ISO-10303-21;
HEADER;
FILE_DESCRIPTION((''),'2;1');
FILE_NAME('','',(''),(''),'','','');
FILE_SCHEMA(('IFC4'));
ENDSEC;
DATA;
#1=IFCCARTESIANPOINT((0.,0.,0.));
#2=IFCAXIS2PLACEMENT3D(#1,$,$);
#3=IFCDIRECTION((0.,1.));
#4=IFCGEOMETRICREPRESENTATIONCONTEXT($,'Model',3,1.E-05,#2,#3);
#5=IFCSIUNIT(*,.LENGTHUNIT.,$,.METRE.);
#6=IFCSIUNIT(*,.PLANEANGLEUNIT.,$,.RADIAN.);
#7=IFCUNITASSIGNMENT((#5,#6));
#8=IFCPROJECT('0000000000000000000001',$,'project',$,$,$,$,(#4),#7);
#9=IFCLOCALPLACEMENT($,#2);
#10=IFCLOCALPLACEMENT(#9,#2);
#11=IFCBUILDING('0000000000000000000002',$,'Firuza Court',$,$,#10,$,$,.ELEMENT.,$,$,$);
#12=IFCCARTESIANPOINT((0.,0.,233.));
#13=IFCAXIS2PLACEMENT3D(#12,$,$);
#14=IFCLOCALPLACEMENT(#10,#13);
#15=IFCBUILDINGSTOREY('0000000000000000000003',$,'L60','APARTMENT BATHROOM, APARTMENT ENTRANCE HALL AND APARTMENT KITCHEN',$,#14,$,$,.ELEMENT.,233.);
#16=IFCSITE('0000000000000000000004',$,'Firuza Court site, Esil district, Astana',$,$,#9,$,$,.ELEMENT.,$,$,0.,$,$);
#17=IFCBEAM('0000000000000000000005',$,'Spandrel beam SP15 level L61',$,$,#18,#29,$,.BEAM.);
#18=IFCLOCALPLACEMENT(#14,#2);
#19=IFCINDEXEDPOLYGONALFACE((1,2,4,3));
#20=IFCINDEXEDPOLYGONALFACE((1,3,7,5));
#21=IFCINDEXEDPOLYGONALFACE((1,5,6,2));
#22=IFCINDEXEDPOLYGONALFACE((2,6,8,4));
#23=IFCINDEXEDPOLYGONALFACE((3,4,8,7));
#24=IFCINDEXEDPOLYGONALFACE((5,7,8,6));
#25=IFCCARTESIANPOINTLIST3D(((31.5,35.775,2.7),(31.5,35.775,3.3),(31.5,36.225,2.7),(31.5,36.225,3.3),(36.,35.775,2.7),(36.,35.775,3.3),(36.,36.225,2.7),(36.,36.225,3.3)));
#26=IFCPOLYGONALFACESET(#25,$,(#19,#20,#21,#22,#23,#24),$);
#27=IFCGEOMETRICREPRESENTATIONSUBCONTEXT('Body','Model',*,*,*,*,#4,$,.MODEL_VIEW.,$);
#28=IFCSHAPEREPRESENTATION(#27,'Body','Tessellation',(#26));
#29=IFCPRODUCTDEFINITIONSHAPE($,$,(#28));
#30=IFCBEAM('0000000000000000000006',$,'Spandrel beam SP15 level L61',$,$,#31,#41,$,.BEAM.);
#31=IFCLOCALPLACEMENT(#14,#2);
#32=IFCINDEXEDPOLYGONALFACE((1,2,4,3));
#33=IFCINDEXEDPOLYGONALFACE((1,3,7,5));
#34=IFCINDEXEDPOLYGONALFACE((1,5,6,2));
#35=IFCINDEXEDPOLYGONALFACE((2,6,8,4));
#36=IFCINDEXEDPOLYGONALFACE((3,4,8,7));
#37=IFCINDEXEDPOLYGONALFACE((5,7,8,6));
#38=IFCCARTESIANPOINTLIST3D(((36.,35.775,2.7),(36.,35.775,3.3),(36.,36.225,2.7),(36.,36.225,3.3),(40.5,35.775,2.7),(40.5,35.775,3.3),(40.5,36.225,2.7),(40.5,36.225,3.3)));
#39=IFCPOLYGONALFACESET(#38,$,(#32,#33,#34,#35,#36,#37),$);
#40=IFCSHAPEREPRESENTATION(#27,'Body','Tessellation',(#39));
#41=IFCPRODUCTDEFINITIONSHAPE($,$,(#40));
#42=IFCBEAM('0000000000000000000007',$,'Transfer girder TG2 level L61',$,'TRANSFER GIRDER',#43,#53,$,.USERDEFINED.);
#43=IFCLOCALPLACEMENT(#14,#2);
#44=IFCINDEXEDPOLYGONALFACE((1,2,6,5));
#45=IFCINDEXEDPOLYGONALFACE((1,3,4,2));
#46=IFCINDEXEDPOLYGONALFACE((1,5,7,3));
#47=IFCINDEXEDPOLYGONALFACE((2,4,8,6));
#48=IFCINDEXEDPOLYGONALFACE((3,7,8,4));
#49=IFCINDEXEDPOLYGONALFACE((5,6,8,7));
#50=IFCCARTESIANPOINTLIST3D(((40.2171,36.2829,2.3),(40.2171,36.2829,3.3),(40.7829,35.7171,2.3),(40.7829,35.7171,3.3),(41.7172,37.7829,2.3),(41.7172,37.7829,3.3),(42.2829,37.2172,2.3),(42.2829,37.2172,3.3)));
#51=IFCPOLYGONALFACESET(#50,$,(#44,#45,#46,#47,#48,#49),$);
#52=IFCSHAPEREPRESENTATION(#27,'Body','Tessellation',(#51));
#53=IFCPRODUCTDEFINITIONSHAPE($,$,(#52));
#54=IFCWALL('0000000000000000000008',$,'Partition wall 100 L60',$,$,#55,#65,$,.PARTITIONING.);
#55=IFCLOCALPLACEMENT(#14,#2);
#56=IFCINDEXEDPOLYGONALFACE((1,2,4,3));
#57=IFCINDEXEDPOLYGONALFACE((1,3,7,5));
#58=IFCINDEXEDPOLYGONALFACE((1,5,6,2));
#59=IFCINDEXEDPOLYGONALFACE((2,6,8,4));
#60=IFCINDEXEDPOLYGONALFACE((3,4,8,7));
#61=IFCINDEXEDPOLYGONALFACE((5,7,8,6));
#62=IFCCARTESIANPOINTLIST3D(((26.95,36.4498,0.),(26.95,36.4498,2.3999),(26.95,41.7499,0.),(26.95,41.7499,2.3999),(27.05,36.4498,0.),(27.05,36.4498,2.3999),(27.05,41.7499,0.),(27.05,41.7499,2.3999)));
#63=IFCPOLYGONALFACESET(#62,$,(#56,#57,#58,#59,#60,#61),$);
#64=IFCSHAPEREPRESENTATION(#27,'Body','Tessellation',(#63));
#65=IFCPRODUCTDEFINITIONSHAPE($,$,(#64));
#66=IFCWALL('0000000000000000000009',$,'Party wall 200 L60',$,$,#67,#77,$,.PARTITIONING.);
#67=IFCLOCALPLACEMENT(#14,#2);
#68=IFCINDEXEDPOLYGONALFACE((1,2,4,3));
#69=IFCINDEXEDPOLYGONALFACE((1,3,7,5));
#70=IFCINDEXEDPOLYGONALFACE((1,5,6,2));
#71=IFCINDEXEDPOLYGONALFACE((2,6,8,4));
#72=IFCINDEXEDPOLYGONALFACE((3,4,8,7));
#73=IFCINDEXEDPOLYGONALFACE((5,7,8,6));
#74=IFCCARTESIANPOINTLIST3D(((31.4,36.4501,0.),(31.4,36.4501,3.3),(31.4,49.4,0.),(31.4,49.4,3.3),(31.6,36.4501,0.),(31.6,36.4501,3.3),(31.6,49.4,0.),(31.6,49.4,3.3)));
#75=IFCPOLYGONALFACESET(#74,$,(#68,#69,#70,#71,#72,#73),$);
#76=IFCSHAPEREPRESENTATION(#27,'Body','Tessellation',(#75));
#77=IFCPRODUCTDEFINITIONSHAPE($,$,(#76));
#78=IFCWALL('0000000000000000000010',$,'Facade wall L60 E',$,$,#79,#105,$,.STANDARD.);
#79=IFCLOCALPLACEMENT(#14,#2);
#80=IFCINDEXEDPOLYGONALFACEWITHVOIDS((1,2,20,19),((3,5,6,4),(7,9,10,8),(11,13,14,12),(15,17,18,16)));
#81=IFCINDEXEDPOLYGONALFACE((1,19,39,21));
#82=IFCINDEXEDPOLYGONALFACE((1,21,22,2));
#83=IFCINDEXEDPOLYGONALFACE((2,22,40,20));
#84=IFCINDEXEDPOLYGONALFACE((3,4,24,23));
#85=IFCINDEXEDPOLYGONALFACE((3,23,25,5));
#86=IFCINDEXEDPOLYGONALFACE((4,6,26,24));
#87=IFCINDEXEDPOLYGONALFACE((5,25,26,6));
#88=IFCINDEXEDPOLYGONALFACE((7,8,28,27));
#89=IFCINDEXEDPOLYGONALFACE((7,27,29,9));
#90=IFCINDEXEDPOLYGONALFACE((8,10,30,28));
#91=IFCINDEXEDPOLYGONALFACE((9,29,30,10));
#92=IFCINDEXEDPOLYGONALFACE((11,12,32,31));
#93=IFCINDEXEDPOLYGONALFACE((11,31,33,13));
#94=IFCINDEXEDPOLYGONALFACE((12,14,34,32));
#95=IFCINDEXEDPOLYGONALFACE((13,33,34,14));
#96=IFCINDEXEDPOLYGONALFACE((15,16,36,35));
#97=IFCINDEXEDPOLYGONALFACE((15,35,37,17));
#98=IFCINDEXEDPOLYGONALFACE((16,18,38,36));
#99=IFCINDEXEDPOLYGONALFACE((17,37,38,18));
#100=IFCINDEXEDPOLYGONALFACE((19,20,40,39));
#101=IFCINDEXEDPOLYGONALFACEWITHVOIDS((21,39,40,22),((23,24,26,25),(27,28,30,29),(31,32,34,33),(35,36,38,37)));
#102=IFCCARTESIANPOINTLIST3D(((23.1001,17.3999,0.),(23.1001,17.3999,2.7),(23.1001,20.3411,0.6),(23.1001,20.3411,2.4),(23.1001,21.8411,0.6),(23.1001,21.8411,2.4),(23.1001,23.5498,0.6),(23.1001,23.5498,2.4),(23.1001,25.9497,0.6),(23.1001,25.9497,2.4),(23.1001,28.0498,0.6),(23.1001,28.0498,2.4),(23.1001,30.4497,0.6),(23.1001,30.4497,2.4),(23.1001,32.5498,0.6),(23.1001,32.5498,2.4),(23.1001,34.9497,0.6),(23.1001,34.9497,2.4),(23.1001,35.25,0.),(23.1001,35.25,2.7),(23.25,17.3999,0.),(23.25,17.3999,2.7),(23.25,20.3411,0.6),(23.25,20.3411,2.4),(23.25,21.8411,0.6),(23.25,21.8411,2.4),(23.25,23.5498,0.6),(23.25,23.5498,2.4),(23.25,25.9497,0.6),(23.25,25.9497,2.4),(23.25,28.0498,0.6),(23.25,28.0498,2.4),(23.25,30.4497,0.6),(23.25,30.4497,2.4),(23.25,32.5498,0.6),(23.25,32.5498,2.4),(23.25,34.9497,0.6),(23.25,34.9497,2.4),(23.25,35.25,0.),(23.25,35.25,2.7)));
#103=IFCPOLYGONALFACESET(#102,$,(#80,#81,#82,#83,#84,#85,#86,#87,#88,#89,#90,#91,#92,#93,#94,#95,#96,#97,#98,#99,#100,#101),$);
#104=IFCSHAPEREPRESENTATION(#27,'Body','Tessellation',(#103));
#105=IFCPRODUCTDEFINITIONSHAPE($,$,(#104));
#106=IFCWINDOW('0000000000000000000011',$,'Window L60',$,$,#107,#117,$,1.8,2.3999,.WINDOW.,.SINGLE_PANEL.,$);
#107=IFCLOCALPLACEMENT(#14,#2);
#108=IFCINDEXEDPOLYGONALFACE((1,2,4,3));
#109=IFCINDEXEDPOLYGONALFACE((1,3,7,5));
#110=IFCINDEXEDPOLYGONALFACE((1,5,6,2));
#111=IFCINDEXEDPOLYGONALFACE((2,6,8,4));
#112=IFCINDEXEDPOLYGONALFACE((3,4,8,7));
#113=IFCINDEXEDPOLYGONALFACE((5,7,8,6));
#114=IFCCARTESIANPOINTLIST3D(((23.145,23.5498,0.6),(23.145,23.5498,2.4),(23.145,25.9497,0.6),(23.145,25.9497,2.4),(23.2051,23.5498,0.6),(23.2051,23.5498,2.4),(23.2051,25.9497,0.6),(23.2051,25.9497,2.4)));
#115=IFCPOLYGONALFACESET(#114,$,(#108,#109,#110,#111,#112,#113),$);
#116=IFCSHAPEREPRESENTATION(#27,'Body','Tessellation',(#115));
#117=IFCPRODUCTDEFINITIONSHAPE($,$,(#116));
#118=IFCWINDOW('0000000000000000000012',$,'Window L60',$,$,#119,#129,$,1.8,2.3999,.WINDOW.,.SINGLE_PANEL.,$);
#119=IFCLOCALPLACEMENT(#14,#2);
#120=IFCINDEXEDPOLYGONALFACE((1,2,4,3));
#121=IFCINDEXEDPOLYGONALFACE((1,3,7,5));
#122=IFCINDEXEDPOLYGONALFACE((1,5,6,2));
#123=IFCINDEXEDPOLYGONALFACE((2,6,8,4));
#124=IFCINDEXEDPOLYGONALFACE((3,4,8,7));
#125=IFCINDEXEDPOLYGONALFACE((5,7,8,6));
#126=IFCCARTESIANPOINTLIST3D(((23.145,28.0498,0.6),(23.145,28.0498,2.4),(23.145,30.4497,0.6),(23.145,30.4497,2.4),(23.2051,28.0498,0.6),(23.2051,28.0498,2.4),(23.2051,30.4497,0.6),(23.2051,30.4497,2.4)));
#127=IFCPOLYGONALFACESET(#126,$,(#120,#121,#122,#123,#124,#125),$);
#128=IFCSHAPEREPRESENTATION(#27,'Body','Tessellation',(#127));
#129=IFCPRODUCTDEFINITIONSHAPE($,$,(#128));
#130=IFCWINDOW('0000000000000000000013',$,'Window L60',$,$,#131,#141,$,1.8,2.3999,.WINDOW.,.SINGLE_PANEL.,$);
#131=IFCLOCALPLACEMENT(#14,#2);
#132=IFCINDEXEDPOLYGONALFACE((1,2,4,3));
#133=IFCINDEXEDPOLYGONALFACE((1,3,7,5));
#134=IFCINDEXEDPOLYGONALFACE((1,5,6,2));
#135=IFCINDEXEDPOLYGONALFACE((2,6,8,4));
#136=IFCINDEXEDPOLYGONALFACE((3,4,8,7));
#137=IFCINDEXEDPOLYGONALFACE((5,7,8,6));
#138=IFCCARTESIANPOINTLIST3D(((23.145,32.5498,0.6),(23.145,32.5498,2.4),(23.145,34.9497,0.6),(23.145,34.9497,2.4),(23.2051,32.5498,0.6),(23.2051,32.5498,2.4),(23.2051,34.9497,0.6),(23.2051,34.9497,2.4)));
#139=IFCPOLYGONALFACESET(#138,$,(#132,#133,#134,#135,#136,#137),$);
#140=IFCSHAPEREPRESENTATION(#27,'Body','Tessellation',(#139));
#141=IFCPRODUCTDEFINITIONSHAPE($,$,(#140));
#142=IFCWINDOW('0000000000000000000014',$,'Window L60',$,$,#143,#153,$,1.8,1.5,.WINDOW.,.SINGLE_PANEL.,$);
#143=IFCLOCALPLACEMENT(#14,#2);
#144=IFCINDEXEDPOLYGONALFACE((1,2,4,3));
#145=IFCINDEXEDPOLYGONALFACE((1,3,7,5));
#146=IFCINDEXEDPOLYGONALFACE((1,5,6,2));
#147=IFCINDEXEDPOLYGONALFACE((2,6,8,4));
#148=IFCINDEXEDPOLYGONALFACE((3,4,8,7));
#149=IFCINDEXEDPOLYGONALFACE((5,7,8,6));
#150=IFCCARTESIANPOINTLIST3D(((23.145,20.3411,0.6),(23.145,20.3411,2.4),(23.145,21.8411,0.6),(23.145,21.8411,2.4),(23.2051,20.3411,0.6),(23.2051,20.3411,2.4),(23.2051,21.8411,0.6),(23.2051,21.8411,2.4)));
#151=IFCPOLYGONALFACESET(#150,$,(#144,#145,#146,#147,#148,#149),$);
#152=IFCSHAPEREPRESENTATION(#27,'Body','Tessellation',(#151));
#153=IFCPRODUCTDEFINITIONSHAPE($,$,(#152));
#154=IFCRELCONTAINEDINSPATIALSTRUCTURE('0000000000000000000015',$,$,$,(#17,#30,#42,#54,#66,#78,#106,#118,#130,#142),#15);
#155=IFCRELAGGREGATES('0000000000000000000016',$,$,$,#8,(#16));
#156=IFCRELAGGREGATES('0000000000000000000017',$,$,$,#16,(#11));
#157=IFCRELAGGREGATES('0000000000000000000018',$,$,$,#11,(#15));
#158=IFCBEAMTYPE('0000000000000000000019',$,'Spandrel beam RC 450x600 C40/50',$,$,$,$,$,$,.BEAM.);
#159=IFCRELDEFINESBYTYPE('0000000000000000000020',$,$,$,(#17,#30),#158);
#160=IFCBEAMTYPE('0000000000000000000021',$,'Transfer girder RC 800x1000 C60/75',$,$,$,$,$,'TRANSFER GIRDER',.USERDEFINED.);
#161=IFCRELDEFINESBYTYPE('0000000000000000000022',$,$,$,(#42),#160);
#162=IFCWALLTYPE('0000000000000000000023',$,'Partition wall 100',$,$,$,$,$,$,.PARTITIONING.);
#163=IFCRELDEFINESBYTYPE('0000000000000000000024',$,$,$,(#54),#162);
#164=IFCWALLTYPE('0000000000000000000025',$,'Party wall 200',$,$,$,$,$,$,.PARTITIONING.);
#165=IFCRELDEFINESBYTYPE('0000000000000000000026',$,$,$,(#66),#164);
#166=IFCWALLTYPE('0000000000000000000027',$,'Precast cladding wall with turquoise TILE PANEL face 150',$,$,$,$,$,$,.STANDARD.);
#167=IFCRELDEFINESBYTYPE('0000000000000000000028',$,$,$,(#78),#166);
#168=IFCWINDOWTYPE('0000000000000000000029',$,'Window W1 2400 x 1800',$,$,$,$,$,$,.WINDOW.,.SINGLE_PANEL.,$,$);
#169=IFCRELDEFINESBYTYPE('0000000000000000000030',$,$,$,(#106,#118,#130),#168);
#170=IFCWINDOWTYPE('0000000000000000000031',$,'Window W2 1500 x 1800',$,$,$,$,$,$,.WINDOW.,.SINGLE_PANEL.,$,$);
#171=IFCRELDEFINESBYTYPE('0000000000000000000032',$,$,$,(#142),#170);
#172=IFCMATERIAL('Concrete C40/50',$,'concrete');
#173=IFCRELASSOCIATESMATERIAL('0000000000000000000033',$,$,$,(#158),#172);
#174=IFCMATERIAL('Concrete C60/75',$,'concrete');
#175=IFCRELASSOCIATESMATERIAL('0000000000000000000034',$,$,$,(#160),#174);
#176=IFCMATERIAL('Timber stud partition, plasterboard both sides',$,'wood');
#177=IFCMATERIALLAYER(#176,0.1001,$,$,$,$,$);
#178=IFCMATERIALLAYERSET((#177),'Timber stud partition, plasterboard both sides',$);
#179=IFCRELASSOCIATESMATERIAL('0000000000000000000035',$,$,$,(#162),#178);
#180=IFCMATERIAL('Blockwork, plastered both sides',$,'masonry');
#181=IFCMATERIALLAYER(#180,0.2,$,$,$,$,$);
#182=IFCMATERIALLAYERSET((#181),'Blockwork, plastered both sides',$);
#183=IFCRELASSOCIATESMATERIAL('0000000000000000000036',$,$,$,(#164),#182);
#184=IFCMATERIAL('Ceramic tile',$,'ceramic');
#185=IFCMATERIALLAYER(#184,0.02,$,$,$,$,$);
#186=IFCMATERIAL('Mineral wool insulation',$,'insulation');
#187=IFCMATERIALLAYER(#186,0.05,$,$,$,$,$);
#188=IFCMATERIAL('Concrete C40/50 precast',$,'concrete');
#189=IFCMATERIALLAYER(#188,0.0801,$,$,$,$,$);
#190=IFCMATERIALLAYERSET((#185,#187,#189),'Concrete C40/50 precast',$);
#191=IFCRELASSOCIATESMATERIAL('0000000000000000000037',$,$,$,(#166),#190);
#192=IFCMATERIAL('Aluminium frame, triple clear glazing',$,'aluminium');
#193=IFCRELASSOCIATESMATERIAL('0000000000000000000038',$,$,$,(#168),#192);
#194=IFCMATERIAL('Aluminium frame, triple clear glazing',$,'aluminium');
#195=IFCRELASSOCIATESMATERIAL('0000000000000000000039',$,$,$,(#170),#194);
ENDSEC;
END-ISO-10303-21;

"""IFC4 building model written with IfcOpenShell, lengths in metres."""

from ifc_helpers import new_model, si_unit, direction, frame, frame_2d, origin, origin_2d, place, context, subcontext, project, spatial, rectangle, extrude, material, layer, layer_set, material_profile, profile_set, type_object, element, fill, save


model = new_model("IFC4")

# Units and contexts
model_context = context("Model", 3, precision=1e-05, world=origin(), true_north=direction((0.0, 1.0)))
body_context = subcontext(model_context, "Body", "Model", "MODEL_VIEW")
ifc_project = project(units=[si_unit("LENGTHUNIT", "METRE"), si_unit("PLANEANGLEUNIT", "RADIAN")], contexts=[model_context])

# Site, building, storey
site_placement = place(None, origin())
site = spatial("IfcSite", under=ifc_project, at=site_placement, Name="Firuza Court site, Esil district, Astana", CompositionType="ELEMENT", RefElevation=0.0)
building_placement = place(site_placement, origin())
building = spatial("IfcBuilding", under=site, at=building_placement, Name="Firuza Court", CompositionType="ELEMENT")
storey_placement = place(building_placement, frame((0.0, 0.0, 233.0)))
storey = spatial("IfcBuildingStorey", under=building, at=storey_placement, Name="L60", Description="APARTMENT BATHROOM, APARTMENT ENTRANCE HALL AND APARTMENT KITCHEN", CompositionType="ELEMENT", Elevation=233.0)

# Beams
ifc_material_1 = material(Name="Concrete C40/50", Category="concrete")
ifc_material_profile_1 = material_profile(ifc_material_1, rectangle(XDim=0.45, YDim=0.6001, at=origin_2d()), Name="RC 450x600")
ifc_profile_set_1 = profile_set([ifc_material_profile_1], Name="Concrete C40/50")
beam_type_1 = type_object("IfcBeamType", Name="Spandrel beam RC 450x600 C40/50", PredefinedType="BEAM", material=ifc_profile_set_1)
for number, where, z_axis, x_axis, name in (
    (1, (31.5, 36.0, 3.0), (1.0, 0.0, 0.0), (0.0, 1.0, 0.0), "Spandrel beam SP15 level L61"),
    (2, (36.0, 36.0, 3.0), (1.0, 0.0, 0.0), (0.0, 1.0, 0.0), "Spandrel beam SP15 level L61"),
):
    element("IfcBeam", number, at=place(storey_placement, frame(where, z_axis=z_axis, x_axis=x_axis)), inside=storey, type_object=beam_type_1, Name=name, PredefinedType="BEAM", context=body_context, shape_type="SweptSolid", body=[
        extrude(rectangle(XDim=0.45, YDim=0.6001, at=origin_2d()), origin(), (0.0, 0.0, 1.0), 4.5),
    ])
ifc_material_2 = material(Name="Concrete C60/75", Category="concrete")
ifc_material_profile_2 = material_profile(ifc_material_2, rectangle(XDim=0.8, YDim=1.0, at=origin_2d()), Name="RC 800x1000")
ifc_profile_set_2 = profile_set([ifc_material_profile_2], Name="Concrete C60/75")
beam_type_2 = type_object("IfcBeamType", Name="Transfer girder RC 800x1000 C60/75", ElementType="TRANSFER GIRDER", PredefinedType="USERDEFINED", material=ifc_profile_set_2)
beam_placement = place(storey_placement, frame((40.5, 36.0, 2.8), z_axis=(0.707107, 0.707107, 0.0), x_axis=(-0.707107, 0.707107, 0.0)))
element("IfcBeam", 3, at=beam_placement, inside=storey, type_object=beam_type_2, Name="Transfer girder TG2 level L61", ObjectType="TRANSFER GIRDER", PredefinedType="USERDEFINED", context=body_context, shape_type="SweptSolid", body=[
    extrude(rectangle(XDim=0.8, YDim=1.0, at=origin_2d()), origin(), (0.0, 0.0, 1.0), 2.1213),
])

# Walls
ifc_material_3 = material(Name="Timber stud partition, plasterboard both sides", Category="wood")
ifc_layer_1 = layer(ifc_material_3, 0.1001)
ifc_layer_set_1 = layer_set([ifc_layer_1], Name="Timber stud partition, plasterboard both sides")
wall_type_1 = type_object("IfcWallType", Name="Partition wall 100", PredefinedType="PARTITIONING", material=ifc_layer_set_1)
wall_1_placement = place(storey_placement, frame((27.0, 36.45, 0.0), z_axis=(0.0, 0.0, 1.0), x_axis=(0.0, 1.0, 0.0)))
element("IfcWall", 4, at=wall_1_placement, inside=storey, type_object=wall_type_1, Name="Partition wall 100 L60", PredefinedType="PARTITIONING", context=body_context, shape_type="SweptSolid", body=[
    extrude(rectangle(XDim=5.3, YDim=0.1001, at=frame_2d((2.6499, 0.0))), origin(), (0.0, 0.0, 1.0), 2.3999),
])
ifc_material_4 = material(Name="Blockwork, plastered both sides", Category="masonry")
ifc_layer_2 = layer(ifc_material_4, 0.2)
ifc_layer_set_2 = layer_set([ifc_layer_2], Name="Blockwork, plastered both sides")
wall_type_2 = type_object("IfcWallType", Name="Party wall 200", PredefinedType="PARTITIONING", material=ifc_layer_set_2)
wall_2_placement = place(storey_placement, frame((31.5, 36.45, 0.0), z_axis=(0.0, 0.0, 1.0), x_axis=(0.0, 1.0, 0.0)))
element("IfcWall", 5, at=wall_2_placement, inside=storey, type_object=wall_type_2, Name="Party wall 200 L60", PredefinedType="PARTITIONING", context=body_context, shape_type="SweptSolid", body=[
    extrude(rectangle(XDim=12.95, YDim=0.2, at=frame_2d((6.4751, 0.0))), origin(), (0.0, 0.0, 1.0), 3.3),
])

# Wall, openings, windows
ifc_material_5 = material(Name="Ceramic tile", Category="ceramic")
ifc_layer_3 = layer(ifc_material_5, 0.02)
ifc_material_6 = material(Name="Mineral wool insulation", Category="insulation")
ifc_layer_4 = layer(ifc_material_6, 0.05)
ifc_material_7 = material(Name="Concrete C40/50 precast", Category="concrete")
ifc_layer_5 = layer(ifc_material_7, 0.0801)
ifc_layer_set_3 = layer_set([ifc_layer_3, ifc_layer_4, ifc_layer_5], Name="Concrete C40/50 precast")
wall_type_3 = type_object("IfcWallType", Name="Precast cladding wall with turquoise TILE PANEL face 150", PredefinedType="STANDARD", material=ifc_layer_set_3)
wall_3_placement = place(storey_placement, frame((23.175, 17.3999, 0.0), z_axis=(0.0, 0.0, 1.0), x_axis=(0.0, 1.0, 0.0)))
wall_3 = element("IfcWall", 6, at=wall_3_placement, inside=storey, type_object=wall_type_3, Name="Facade wall L60 E", PredefinedType="STANDARD", context=body_context, shape_type="SweptSolid", body=[
    extrude(rectangle(XDim=17.8501, YDim=0.1499, at=frame_2d((8.925, 0.0))), origin(), (0.0, 0.0, 1.0), 2.7),
])
opening_1_placement = place(wall_3_placement, frame((2.9412, 0.0, 0.6001)))
opening_1 = element("IfcOpeningElement", 7, at=opening_1_placement, cuts=wall_3, PredefinedType="OPENING", context=body_context, shape_type="SweptSolid", body=[
    extrude(rectangle(XDim=1.5, YDim=1.8, at=frame_2d((0.75, 0.8999))), frame((0.0, 0.0869, 0.0), z_axis=(0.0, -1.0, 0.0), x_axis=(1.0, 0.0, 0.0)), (0.0, 0.0, 1.0), 0.1738),
])
opening_2_placement = place(wall_3_placement, frame((6.1499, 0.0, 0.6001)))
opening_2 = element("IfcOpeningElement", 8, at=opening_2_placement, cuts=wall_3, PredefinedType="OPENING", context=body_context, shape_type="SweptSolid", body=[
    extrude(rectangle(XDim=2.3999, YDim=1.8, at=frame_2d((1.2, 0.8999))), frame((0.0, 0.0869, 0.0), z_axis=(0.0, -1.0, 0.0), x_axis=(1.0, 0.0, 0.0)), (0.0, 0.0, 1.0), 0.1738),
])
opening_3_placement = place(wall_3_placement, frame((10.6499, 0.0, 0.6001)))
opening_3 = element("IfcOpeningElement", 9, at=opening_3_placement, cuts=wall_3, PredefinedType="OPENING", context=body_context, shape_type="SweptSolid", body=[
    extrude(rectangle(XDim=2.3999, YDim=1.8, at=frame_2d((1.2, 0.8999))), frame((0.0, 0.0869, 0.0), z_axis=(0.0, -1.0, 0.0), x_axis=(1.0, 0.0, 0.0)), (0.0, 0.0, 1.0), 0.1738),
])
opening_4_placement = place(wall_3_placement, frame((15.1499, 0.0, 0.6001)))
opening_4 = element("IfcOpeningElement", 10, at=opening_4_placement, cuts=wall_3, PredefinedType="OPENING", context=body_context, shape_type="SweptSolid", body=[
    extrude(rectangle(XDim=2.3999, YDim=1.8, at=frame_2d((1.2, 0.8999))), frame((0.0, 0.0869, 0.0), z_axis=(0.0, -1.0, 0.0), x_axis=(1.0, 0.0, 0.0)), (0.0, 0.0, 1.0), 0.1738),
])
ifc_material_8 = material(Name="Aluminium frame, triple clear glazing", Category="aluminium")
window_type_1 = type_object("IfcWindowType", Name="Window W1 2400 x 1800", PartitioningType="SINGLE_PANEL", PredefinedType="WINDOW", material=ifc_material_8)
window_1_placement = place(opening_2_placement, origin())
window_1 = element("IfcWindow", 11, at=window_1_placement, inside=storey, type_object=window_type_1, Name="Window L60", OverallHeight=1.8, OverallWidth=2.3999, PartitioningType="SINGLE_PANEL", PredefinedType="WINDOW", context=body_context, shape_type="SweptSolid", body=[
    extrude(rectangle(XDim=2.3999, YDim=1.8, at=frame_2d((1.2, 0.8999))), frame((0.0, 0.03, 0.0), z_axis=(0.0, -1.0, 0.0), x_axis=(1.0, 0.0, 0.0)), (0.0, 0.0, 1.0), 0.0601),
])
fill(opening_2, window_1)
window_2_placement = place(opening_3_placement, origin())
window_2 = element("IfcWindow", 12, at=window_2_placement, inside=storey, type_object=window_type_1, Name="Window L60", OverallHeight=1.8, OverallWidth=2.3999, PartitioningType="SINGLE_PANEL", PredefinedType="WINDOW", context=body_context, shape_type="SweptSolid", body=[
    extrude(rectangle(XDim=2.3999, YDim=1.8, at=frame_2d((1.2, 0.8999))), frame((0.0, 0.03, 0.0), z_axis=(0.0, -1.0, 0.0), x_axis=(1.0, 0.0, 0.0)), (0.0, 0.0, 1.0), 0.0601),
])
fill(opening_3, window_2)
window_3_placement = place(opening_4_placement, origin())
window_3 = element("IfcWindow", 13, at=window_3_placement, inside=storey, type_object=window_type_1, Name="Window L60", OverallHeight=1.8, OverallWidth=2.3999, PartitioningType="SINGLE_PANEL", PredefinedType="WINDOW", context=body_context, shape_type="SweptSolid", body=[
    extrude(rectangle(XDim=2.3999, YDim=1.8, at=frame_2d((1.2, 0.8999))), frame((0.0, 0.03, 0.0), z_axis=(0.0, -1.0, 0.0), x_axis=(1.0, 0.0, 0.0)), (0.0, 0.0, 1.0), 0.0601),
])
fill(opening_4, window_3)
ifc_material_9 = material(Name="Aluminium frame, triple clear glazing", Category="aluminium")
window_type_2 = type_object("IfcWindowType", Name="Window W2 1500 x 1800", PartitioningType="SINGLE_PANEL", PredefinedType="WINDOW", material=ifc_material_9)
window_4_placement = place(opening_1_placement, origin())
window_4 = element("IfcWindow", 14, at=window_4_placement, inside=storey, type_object=window_type_2, Name="Window L60", OverallHeight=1.8, OverallWidth=1.5, PartitioningType="SINGLE_PANEL", PredefinedType="WINDOW", context=body_context, shape_type="SweptSolid", body=[
    extrude(rectangle(XDim=1.5, YDim=1.8, at=frame_2d((0.75, 0.8999))), frame((0.0, 0.03, 0.0), z_axis=(0.0, -1.0, 0.0), x_axis=(1.0, 0.0, 0.0)), (0.0, 0.0, 1.0), 0.0601),
])
fill(opening_1, window_4)

save(model, "model.ifc")
